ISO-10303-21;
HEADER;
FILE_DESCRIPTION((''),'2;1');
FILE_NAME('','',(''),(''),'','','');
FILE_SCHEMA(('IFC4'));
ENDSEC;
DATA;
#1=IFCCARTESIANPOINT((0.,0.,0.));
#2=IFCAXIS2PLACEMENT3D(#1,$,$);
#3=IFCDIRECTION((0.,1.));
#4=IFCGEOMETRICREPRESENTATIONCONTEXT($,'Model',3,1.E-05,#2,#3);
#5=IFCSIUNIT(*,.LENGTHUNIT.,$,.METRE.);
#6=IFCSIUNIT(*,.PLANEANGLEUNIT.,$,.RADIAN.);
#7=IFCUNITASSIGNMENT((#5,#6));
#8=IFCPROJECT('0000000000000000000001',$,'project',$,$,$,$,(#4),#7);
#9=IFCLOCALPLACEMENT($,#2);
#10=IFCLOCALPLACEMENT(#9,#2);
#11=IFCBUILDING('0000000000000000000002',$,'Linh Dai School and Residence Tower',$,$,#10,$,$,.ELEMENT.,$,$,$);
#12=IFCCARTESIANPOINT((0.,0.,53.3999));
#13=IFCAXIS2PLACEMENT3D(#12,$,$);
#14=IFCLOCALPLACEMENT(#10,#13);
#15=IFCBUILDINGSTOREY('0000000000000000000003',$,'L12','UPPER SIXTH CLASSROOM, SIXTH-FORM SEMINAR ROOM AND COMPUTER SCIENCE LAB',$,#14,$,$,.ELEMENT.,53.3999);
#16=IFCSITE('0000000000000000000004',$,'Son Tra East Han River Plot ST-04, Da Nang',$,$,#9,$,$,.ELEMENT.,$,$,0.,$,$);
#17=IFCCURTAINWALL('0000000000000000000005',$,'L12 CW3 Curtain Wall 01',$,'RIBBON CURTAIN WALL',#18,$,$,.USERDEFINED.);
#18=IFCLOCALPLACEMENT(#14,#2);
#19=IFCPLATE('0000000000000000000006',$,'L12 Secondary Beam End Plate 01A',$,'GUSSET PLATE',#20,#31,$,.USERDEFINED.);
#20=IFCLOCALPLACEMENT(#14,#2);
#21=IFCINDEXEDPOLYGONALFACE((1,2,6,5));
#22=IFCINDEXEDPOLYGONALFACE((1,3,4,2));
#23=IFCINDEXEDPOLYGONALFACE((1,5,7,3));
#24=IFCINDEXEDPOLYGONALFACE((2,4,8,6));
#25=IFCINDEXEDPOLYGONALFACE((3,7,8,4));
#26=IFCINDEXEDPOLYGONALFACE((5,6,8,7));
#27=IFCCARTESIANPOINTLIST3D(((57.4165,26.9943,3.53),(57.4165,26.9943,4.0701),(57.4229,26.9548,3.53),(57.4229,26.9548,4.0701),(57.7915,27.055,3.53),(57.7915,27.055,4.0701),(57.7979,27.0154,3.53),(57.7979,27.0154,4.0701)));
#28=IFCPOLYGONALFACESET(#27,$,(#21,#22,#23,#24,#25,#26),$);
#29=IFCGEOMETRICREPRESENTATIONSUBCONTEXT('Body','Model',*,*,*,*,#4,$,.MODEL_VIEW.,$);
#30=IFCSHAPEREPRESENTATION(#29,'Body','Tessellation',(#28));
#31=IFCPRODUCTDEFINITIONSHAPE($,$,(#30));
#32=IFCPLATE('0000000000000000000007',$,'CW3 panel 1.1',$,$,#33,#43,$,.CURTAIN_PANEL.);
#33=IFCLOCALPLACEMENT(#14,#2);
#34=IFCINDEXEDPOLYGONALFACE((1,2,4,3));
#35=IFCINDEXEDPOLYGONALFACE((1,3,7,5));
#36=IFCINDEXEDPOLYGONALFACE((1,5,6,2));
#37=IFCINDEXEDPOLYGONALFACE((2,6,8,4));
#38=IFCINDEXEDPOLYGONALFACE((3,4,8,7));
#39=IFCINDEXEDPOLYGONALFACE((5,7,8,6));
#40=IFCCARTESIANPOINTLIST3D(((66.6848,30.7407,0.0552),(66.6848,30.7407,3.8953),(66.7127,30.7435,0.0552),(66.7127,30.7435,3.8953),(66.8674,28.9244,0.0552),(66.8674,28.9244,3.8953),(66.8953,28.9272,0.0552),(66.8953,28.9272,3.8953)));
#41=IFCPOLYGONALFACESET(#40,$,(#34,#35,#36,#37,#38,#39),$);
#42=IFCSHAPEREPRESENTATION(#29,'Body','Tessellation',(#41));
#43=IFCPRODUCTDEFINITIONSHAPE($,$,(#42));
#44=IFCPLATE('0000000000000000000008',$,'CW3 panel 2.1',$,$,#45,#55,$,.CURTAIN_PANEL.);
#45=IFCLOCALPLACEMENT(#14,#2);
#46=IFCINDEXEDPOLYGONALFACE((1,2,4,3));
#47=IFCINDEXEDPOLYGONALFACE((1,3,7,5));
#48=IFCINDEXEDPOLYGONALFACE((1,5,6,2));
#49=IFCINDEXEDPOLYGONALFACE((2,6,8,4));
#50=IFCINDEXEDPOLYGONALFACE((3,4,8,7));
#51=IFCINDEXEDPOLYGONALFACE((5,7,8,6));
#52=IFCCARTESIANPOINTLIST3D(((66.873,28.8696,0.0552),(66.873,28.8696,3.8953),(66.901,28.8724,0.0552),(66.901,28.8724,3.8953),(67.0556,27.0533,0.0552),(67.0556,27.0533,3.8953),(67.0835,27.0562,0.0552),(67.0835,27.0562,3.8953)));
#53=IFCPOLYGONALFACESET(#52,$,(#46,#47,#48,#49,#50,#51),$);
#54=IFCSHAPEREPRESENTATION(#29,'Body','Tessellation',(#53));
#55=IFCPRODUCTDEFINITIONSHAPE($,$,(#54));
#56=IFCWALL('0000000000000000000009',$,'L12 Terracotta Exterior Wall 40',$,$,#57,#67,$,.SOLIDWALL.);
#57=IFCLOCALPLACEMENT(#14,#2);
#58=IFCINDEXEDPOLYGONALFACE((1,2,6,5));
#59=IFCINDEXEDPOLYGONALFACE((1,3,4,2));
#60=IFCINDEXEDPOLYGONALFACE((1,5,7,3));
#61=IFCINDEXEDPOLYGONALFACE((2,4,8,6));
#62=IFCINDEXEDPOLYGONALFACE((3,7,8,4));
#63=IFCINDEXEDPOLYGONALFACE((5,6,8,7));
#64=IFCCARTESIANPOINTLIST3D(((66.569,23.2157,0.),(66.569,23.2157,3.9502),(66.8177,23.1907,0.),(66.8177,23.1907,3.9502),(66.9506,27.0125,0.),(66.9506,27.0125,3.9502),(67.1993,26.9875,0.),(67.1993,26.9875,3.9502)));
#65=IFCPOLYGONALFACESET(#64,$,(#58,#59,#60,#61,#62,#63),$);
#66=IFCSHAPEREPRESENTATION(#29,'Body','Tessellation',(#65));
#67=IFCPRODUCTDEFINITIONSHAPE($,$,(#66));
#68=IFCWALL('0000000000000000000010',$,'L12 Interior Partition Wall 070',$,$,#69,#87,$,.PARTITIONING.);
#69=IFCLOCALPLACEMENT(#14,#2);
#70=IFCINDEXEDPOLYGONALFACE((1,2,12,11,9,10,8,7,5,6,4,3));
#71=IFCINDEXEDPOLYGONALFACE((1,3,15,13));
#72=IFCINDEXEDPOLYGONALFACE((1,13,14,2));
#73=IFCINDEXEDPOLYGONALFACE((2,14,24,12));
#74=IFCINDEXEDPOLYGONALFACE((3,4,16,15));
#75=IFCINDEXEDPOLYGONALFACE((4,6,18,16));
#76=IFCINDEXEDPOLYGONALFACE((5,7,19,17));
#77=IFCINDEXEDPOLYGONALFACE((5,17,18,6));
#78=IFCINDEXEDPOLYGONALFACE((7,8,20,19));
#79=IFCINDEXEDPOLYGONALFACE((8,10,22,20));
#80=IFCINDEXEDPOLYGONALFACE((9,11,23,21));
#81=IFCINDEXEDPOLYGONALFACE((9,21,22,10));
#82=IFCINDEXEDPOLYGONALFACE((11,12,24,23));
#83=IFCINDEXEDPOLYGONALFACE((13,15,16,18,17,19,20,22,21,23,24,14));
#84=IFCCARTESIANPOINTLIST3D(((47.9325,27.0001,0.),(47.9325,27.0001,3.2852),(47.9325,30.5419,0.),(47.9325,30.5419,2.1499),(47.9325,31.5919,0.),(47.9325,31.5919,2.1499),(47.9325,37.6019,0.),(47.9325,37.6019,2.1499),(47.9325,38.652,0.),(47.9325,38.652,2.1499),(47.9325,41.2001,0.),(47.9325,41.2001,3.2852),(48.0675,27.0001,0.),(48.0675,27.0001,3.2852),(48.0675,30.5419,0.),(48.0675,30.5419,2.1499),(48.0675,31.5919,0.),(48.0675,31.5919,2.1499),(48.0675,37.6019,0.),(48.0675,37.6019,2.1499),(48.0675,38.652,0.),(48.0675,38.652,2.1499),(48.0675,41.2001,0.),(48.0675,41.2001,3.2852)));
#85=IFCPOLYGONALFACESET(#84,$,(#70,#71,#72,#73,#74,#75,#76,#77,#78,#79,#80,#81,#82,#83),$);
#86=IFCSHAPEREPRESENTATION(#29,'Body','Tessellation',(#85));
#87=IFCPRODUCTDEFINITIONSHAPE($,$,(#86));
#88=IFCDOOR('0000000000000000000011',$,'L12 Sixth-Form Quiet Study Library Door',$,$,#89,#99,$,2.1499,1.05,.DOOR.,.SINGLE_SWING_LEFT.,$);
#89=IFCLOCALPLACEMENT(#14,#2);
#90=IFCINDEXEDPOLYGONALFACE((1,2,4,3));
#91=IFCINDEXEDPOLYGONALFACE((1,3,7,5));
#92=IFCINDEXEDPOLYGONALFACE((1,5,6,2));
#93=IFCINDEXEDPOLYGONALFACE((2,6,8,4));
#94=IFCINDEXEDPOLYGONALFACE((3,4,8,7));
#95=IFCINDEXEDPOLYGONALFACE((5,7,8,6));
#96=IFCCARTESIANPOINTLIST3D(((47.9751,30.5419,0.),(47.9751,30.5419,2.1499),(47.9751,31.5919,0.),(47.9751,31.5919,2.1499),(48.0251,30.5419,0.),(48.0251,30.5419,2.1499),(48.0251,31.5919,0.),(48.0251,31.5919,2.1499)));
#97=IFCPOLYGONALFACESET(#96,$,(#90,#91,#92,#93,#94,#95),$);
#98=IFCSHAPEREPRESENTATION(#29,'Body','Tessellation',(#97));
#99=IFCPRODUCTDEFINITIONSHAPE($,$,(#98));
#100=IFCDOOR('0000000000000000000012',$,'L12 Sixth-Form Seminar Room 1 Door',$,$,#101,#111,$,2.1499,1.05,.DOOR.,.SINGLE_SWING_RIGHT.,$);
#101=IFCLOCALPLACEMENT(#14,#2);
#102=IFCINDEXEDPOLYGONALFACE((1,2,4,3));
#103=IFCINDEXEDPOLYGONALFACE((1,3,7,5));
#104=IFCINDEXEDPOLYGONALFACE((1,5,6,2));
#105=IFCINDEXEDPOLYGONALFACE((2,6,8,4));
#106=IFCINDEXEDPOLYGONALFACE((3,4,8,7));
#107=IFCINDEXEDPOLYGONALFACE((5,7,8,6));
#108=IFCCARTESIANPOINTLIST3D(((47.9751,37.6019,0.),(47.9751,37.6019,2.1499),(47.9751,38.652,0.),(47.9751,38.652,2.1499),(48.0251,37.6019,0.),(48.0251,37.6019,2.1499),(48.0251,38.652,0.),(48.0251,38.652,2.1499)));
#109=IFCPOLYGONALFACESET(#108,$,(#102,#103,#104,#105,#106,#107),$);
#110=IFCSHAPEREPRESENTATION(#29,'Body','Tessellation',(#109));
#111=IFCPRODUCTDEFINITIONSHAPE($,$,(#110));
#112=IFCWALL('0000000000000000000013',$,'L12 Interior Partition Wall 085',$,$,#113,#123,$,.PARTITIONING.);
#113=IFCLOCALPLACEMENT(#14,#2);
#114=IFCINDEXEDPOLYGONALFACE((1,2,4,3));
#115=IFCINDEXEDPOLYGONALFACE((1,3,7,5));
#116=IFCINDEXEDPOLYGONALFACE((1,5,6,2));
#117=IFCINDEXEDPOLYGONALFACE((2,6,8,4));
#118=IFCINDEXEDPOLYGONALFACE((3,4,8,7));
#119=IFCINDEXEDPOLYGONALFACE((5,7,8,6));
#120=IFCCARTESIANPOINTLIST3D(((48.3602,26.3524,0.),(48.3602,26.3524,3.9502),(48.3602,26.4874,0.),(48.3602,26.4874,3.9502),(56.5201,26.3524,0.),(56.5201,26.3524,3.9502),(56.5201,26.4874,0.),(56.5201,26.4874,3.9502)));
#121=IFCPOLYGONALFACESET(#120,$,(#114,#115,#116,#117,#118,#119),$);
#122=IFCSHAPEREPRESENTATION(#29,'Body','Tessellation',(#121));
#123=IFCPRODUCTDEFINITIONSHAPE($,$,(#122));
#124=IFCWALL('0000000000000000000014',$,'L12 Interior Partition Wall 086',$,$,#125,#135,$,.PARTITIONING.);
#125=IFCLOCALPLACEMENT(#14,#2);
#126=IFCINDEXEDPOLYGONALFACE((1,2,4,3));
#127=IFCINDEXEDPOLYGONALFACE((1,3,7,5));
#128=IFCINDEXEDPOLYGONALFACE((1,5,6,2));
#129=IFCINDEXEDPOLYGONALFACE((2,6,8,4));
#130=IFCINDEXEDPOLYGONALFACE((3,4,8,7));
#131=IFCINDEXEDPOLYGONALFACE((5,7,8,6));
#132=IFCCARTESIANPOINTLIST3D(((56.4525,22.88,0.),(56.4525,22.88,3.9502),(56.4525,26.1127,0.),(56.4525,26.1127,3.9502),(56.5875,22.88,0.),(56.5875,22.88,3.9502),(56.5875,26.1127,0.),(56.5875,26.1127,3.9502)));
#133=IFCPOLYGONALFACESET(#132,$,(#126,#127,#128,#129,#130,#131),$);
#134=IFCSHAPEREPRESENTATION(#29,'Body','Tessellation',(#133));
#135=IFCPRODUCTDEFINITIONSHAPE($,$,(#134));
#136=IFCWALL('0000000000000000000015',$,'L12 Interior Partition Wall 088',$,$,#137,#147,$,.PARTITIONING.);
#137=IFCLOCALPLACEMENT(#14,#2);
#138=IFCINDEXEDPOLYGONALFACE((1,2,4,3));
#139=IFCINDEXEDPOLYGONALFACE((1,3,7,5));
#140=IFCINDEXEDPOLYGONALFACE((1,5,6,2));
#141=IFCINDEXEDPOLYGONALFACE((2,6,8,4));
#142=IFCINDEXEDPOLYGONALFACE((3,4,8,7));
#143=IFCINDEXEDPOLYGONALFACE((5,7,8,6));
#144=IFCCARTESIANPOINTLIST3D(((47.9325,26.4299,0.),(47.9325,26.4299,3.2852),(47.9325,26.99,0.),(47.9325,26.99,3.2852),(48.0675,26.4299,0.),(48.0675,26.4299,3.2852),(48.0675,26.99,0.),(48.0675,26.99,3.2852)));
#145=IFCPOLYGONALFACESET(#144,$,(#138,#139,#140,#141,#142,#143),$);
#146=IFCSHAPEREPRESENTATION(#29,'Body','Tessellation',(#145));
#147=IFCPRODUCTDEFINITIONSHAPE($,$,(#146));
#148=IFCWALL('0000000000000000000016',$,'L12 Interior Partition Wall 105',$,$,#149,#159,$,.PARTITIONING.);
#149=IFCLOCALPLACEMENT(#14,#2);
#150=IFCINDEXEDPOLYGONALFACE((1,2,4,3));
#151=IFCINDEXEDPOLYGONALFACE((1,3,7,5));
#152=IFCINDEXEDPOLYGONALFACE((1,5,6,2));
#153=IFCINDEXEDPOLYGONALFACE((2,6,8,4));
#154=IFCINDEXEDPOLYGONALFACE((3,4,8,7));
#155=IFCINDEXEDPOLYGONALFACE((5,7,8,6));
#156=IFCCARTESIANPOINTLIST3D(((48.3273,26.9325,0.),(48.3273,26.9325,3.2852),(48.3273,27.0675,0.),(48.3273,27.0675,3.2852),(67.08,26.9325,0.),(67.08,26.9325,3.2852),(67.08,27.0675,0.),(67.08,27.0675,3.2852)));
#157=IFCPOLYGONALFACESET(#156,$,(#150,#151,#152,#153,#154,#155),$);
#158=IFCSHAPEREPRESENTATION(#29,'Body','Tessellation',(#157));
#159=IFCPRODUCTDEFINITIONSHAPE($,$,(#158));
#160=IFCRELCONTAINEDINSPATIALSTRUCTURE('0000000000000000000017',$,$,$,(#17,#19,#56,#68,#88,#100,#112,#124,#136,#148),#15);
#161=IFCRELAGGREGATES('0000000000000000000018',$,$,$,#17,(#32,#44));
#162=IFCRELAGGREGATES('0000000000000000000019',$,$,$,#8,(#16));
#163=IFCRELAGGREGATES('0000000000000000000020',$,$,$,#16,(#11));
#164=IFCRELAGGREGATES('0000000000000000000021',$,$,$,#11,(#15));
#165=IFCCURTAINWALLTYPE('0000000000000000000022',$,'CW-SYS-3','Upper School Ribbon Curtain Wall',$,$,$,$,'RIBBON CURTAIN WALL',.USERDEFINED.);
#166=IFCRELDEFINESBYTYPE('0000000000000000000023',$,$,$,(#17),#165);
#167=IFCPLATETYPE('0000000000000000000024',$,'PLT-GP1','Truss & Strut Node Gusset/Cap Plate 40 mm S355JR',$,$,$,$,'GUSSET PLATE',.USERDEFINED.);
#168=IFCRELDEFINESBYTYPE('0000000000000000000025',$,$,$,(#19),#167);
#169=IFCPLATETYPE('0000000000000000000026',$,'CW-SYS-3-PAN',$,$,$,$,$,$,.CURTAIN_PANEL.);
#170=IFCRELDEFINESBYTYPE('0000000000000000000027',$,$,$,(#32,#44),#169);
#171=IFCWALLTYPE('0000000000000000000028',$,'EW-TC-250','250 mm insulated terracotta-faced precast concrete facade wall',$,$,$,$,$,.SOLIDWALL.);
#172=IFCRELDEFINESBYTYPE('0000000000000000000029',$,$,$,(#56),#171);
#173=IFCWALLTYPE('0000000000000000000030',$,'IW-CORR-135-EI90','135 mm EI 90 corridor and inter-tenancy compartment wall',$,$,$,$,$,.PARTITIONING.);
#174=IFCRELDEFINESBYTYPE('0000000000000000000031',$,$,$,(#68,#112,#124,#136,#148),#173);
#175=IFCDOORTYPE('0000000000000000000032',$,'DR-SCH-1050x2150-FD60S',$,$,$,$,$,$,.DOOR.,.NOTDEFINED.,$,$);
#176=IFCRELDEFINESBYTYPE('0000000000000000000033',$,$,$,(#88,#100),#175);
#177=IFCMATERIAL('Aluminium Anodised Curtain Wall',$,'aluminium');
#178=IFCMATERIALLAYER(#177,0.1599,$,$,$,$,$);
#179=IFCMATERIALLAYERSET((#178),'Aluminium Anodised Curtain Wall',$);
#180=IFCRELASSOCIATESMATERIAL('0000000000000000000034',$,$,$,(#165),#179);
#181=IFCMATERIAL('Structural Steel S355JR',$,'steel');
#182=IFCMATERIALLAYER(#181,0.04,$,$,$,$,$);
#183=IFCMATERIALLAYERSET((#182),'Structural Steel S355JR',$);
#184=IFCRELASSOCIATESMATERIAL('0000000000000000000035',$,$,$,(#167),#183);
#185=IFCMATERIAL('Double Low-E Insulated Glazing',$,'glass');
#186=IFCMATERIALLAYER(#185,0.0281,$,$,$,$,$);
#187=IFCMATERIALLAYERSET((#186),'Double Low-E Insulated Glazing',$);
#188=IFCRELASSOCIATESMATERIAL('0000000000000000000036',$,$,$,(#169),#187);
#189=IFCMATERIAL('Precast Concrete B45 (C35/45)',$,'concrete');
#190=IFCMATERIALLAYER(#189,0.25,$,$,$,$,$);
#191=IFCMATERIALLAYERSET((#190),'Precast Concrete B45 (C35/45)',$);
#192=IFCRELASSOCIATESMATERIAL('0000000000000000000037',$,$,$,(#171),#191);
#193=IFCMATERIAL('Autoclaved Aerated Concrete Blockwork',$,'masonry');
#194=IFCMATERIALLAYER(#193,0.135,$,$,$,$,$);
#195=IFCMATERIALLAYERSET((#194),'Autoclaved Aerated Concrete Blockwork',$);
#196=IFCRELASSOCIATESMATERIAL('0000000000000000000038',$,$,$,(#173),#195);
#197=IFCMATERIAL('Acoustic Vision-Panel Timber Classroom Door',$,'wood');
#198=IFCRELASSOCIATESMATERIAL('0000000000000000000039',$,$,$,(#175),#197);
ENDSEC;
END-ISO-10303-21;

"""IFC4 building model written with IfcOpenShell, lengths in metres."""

from ifc_helpers import new_model, si_unit, direction, frame, frame_2d, origin, origin_2d, place, context, subcontext, project, spatial, rectangle, extrude, source, transform, mapped, material, layer, layer_set, type_object, element, fill, aggregate, save


model = new_model("IFC4")

# Units and contexts
model_context = context("Model", 3, precision=1e-05, world=origin(), true_north=direction((0.0, 1.0)))
body_context = subcontext(model_context, "Body", "Model", "MODEL_VIEW")
ifc_project = project(units=[si_unit("LENGTHUNIT", "METRE"), si_unit("PLANEANGLEUNIT", "RADIAN")], contexts=[model_context])

# Site, building, storey
site_placement = place(None, origin())
site = spatial("IfcSite", under=ifc_project, at=site_placement, Name="Son Tra East Han River Plot ST-04, Da Nang", CompositionType="ELEMENT", RefElevation=0.0)
building_placement = place(site_placement, origin())
building = spatial("IfcBuilding", under=site, at=building_placement, Name="Linh Dai School and Residence Tower", CompositionType="ELEMENT")
storey_placement = place(building_placement, frame((0.0, 0.0, 53.3999)))
storey = spatial("IfcBuildingStorey", under=building, at=storey_placement, Name="L12", Description="UPPER SIXTH CLASSROOM, SIXTH-FORM SEMINAR ROOM AND COMPUTER SCIENCE LAB", CompositionType="ELEMENT", Elevation=53.3999)

# Shared definitions
ifc_material_1 = material(Name="Structural Steel S355JR", Category="steel")

# Curtain wall
ifc_material_2 = material(Name="Aluminium Anodised Curtain Wall", Category="aluminium")
ifc_layer_1 = layer(ifc_material_2, 0.1599)
ifc_layer_set_1 = layer_set([ifc_layer_1], Name="Aluminium Anodised Curtain Wall")
curtain_wall_type = type_object("IfcCurtainWallType", Name="CW-SYS-3", Description="Upper School Ribbon Curtain Wall", ElementType="RIBBON CURTAIN WALL", PredefinedType="USERDEFINED", material=ifc_layer_set_1)
curtain_wall_placement = place(storey_placement, origin())
curtain_wall = element("IfcCurtainWall", 1, at=curtain_wall_placement, inside=storey, type_object=curtain_wall_type, Name="L12 CW3 Curtain Wall 01", ObjectType="RIBBON CURTAIN WALL", PredefinedType="USERDEFINED")

# Plates
ifc_layer_2 = layer(ifc_material_1, 0.04)
ifc_layer_set_2 = layer_set([ifc_layer_2], Name="Structural Steel S355JR")
plate_type_1 = type_object("IfcPlateType", Name="PLT-GP1", Description="Truss & Strut Node Gusset/Cap Plate 40 mm S355JR", ElementType="GUSSET PLATE", PredefinedType="USERDEFINED", material=ifc_layer_set_2)
shared_shape_1 = source(origin(), body_context, "Body", "SweptSolid", [
    extrude(rectangle(XDim=0.04, YDim=0.3799, at=origin_2d()), origin(), (0.0, 0.0, 1.0), 0.54),
])
plate_1_placement = place(storey_placement, frame((57.6072, 27.0049, 3.53), z_axis=(0.0, 0.0, 1.0), x_axis=(-0.159659, 0.987172, 0.0)))
element("IfcPlate", 2, at=plate_1_placement, inside=storey, type_object=plate_type_1, Name="L12 Secondary Beam End Plate 01A", ObjectType="GUSSET PLATE", PredefinedType="USERDEFINED", context=body_context, shape_type="MappedRepresentation", body=[
    mapped(shared_shape_1, transform((0.0, 0.0, 0.0), x_axis=(1.0, 0.0, 0.0), y_axis=(0.0, 1.0, 0.0), z_axis=(0.0, 0.0, 1.0), scale=1.0)),
])
ifc_material_3 = material(Name="Double Low-E Insulated Glazing", Category="glass")
ifc_layer_3 = layer(ifc_material_3, 0.0281)
ifc_layer_set_3 = layer_set([ifc_layer_3], Name="Double Low-E Insulated Glazing")
plate_type_2 = type_object("IfcPlateType", Name="CW-SYS-3-PAN", PredefinedType="CURTAIN_PANEL", material=ifc_layer_set_3)
shared_shape_2 = source(origin(), body_context, "Body", "SweptSolid", [
    extrude(rectangle(XDim=1.8254, YDim=0.0281, at=origin_2d()), origin(), (0.0, 0.0, 1.0), 3.8401),
])
plate_2_placement = place(storey_placement, frame((66.79, 29.834, 0.0552), z_axis=(0.0, 0.0, 1.0), x_axis=(0.100009, -0.994986, 0.0)))
plate_2 = element("IfcPlate", 3, at=plate_2_placement, type_object=plate_type_2, Name="CW3 panel 1.1", PredefinedType="CURTAIN_PANEL", context=body_context, shape_type="MappedRepresentation", body=[
    mapped(shared_shape_2, transform((0.0, 0.0, 0.0), x_axis=(1.0, 0.0, 0.0), y_axis=(0.0, 1.0, 0.0), z_axis=(0.0, 0.0, 1.0), scale=1.0)),
])
plate_3_placement = place(storey_placement, frame((66.9783, 27.9629, 0.0552), z_axis=(0.0, 0.0, 1.0), x_axis=(0.100009, -0.994986, 0.0)))
plate_3 = element("IfcPlate", 4, at=plate_3_placement, type_object=plate_type_2, Name="CW3 panel 2.1", PredefinedType="CURTAIN_PANEL", context=body_context, shape_type="MappedRepresentation", body=[
    mapped(shared_shape_2, transform((0.0, 0.0, 0.0), x_axis=(1.0, 0.0, 0.0), y_axis=(0.0, 1.0, 0.0), z_axis=(0.0, 0.0, 1.0), scale=1.0)),
])
aggregate(curtain_wall, [plate_2, plate_3])

# Wall
ifc_material_4 = material(Name="Precast Concrete B45 (C35/45)", Category="concrete")
ifc_layer_4 = layer(ifc_material_4, 0.25)
ifc_layer_set_4 = layer_set([ifc_layer_4], Name="Precast Concrete B45 (C35/45)")
wall_type_1 = type_object("IfcWallType", Name="EW-TC-250", Description="250 mm insulated terracotta-faced precast concrete facade wall", PredefinedType="SOLIDWALL", material=ifc_layer_set_4)
wall_1_placement = place(storey_placement, frame((67.075, 27.0, 0.0), z_axis=(0.0, 0.0, 1.0), x_axis=(-0.099998, -0.994988, 0.0)))
element("IfcWall", 5, at=wall_1_placement, inside=storey, type_object=wall_type_1, Name="L12 Terracotta Exterior Wall 40", PredefinedType="SOLIDWALL", context=body_context, shape_type="SweptSolid", body=[
    extrude(rectangle(XDim=3.8159, YDim=0.25, at=frame_2d((1.908, 0.0))), origin(), (0.0, 0.0, 1.0), 3.9502),
])

# Wall, openings, doors
ifc_material_5 = material(Name="Autoclaved Aerated Concrete Blockwork", Category="masonry")
ifc_layer_5 = layer(ifc_material_5, 0.135)
ifc_layer_set_5 = layer_set([ifc_layer_5], Name="Autoclaved Aerated Concrete Blockwork")
wall_type_2 = type_object("IfcWallType", Name="IW-CORR-135-EI90", Description="135 mm EI 90 corridor and inter-tenancy compartment wall", PredefinedType="PARTITIONING", material=ifc_layer_set_5)
wall_2_placement = place(storey_placement, frame((48.0, 27.0, 0.0), z_axis=(0.0, 0.0, 1.0), x_axis=(0.0, 1.0, 0.0)))
wall_2 = element("IfcWall", 6, at=wall_2_placement, inside=storey, type_object=wall_type_2, Name="L12 Interior Partition Wall 070", PredefinedType="PARTITIONING", context=body_context, shape_type="SweptSolid", body=[
    extrude(rectangle(XDim=14.2, YDim=0.135, at=frame_2d((7.1001, 0.0))), origin(), (0.0, 0.0, 1.0), 3.2852),
])
opening_1_placement = place(wall_2_placement, frame((3.542, 0.0, 0.0)))
opening_1 = element("IfcOpeningElement", 7, at=opening_1_placement, cuts=wall_2, PredefinedType="OPENING", context=body_context, shape_type="SweptSolid", body=[
    extrude(rectangle(XDim=1.05, YDim=2.1499, at=origin_2d()), frame((0.5249, 0.0776, 1.075), z_axis=(0.0, -1.0, 0.0), x_axis=(1.0, 0.0, 0.0)), (0.0, 0.0, 1.0), 0.155),
])
opening_2_placement = place(wall_2_placement, frame((10.6021, 0.0, 0.0)))
opening_2 = element("IfcOpeningElement", 8, at=opening_2_placement, cuts=wall_2, PredefinedType="OPENING", context=body_context, shape_type="SweptSolid", body=[
    extrude(rectangle(XDim=1.05, YDim=2.1499, at=origin_2d()), frame((0.5249, 0.0776, 1.075), z_axis=(0.0, -1.0, 0.0), x_axis=(1.0, 0.0, 0.0)), (0.0, 0.0, 1.0), 0.155),
])
ifc_material_6 = material(Name="Acoustic Vision-Panel Timber Classroom Door", Category="wood")
door_type = type_object("IfcDoorType", Name="DR-SCH-1050x2150-FD60S", OperationType="NOTDEFINED", PredefinedType="DOOR", material=ifc_material_6)
shared_shape_3 = source(origin(), body_context, "Body", "SweptSolid", [
    extrude(rectangle(XDim=1.05, YDim=2.1499, at=origin_2d()), frame((0.5249, 0.0249, 1.075), z_axis=(0.0, -1.0, 0.0), x_axis=(1.0, 0.0, 0.0)), (0.0, 0.0, 1.0), 0.05),
])
door_1_placement = place(opening_1_placement, origin())
door_1 = element("IfcDoor", 9, at=door_1_placement, inside=storey, type_object=door_type, Name="L12 Sixth-Form Quiet Study Library Door", OperationType="SINGLE_SWING_LEFT", OverallHeight=2.1499, OverallWidth=1.05, PredefinedType="DOOR", context=body_context, shape_type="MappedRepresentation", body=[
    mapped(shared_shape_3, transform((0.0, 0.0, 0.0), x_axis=(1.0, 0.0, 0.0), y_axis=(0.0, 1.0, 0.0), z_axis=(0.0, 0.0, 1.0), scale=1.0)),
])
fill(opening_1, door_1)
door_2_placement = place(opening_2_placement, origin())
door_2 = element("IfcDoor", 10, at=door_2_placement, inside=storey, type_object=door_type, Name="L12 Sixth-Form Seminar Room 1 Door", OperationType="SINGLE_SWING_RIGHT", OverallHeight=2.1499, OverallWidth=1.05, PredefinedType="DOOR", context=body_context, shape_type="MappedRepresentation", body=[
    mapped(shared_shape_3, transform((0.0, 0.0, 0.0), x_axis=(1.0, 0.0, 0.0), y_axis=(0.0, 1.0, 0.0), z_axis=(0.0, 0.0, 1.0), scale=1.0)),
])
fill(opening_2, door_2)

# Walls
wall_3_placement = place(storey_placement, frame((48.3601, 26.4199, 0.0), z_axis=(0.0, 0.0, 1.0), x_axis=(1.0, 0.0, 0.0)))
element("IfcWall", 11, at=wall_3_placement, inside=storey, type_object=wall_type_2, Name="L12 Interior Partition Wall 085", PredefinedType="PARTITIONING", context=body_context, shape_type="SweptSolid", body=[
    extrude(rectangle(XDim=8.1599, YDim=0.135, at=frame_2d((4.0801, 0.0))), origin(), (0.0, 0.0, 1.0), 3.9502),
])
wall_4_placement = place(storey_placement, frame((56.52, 26.1125, 0.0), z_axis=(0.0, 0.0, 1.0), x_axis=(0.0, -1.0, 0.0)))
element("IfcWall", 12, at=wall_4_placement, inside=storey, type_object=wall_type_2, Name="L12 Interior Partition Wall 086", PredefinedType="PARTITIONING", context=body_context, shape_type="SweptSolid", body=[
    extrude(rectangle(XDim=3.2327, YDim=0.135, at=frame_2d((1.6162, 0.0))), origin(), (0.0, 0.0, 1.0), 3.9502),
])
wall_5_placement = place(storey_placement, frame((48.0, 26.99, 0.0), z_axis=(0.0, 0.0, 1.0), x_axis=(0.0, -1.0, 0.0)))
element("IfcWall", 13, at=wall_5_placement, inside=storey, type_object=wall_type_2, Name="L12 Interior Partition Wall 088", PredefinedType="PARTITIONING", context=body_context, shape_type="SweptSolid", body=[
    extrude(rectangle(XDim=0.5601, YDim=0.135, at=frame_2d((0.28, 0.0))), origin(), (0.0, 0.0, 1.0), 3.2852),
])
wall_6_placement = place(storey_placement, frame((67.0801, 27.0, 0.0), z_axis=(0.0, 0.0, 1.0), x_axis=(-1.0, 0.0, 0.0)))
element("IfcWall", 14, at=wall_6_placement, inside=storey, type_object=wall_type_2, Name="L12 Interior Partition Wall 105", PredefinedType="PARTITIONING", context=body_context, shape_type="SweptSolid", body=[
    extrude(rectangle(XDim=18.7527, YDim=0.135, at=frame_2d((9.3765, 0.0))), origin(), (0.0, 0.0, 1.0), 3.2852),
])

save(model, "model.ifc")
